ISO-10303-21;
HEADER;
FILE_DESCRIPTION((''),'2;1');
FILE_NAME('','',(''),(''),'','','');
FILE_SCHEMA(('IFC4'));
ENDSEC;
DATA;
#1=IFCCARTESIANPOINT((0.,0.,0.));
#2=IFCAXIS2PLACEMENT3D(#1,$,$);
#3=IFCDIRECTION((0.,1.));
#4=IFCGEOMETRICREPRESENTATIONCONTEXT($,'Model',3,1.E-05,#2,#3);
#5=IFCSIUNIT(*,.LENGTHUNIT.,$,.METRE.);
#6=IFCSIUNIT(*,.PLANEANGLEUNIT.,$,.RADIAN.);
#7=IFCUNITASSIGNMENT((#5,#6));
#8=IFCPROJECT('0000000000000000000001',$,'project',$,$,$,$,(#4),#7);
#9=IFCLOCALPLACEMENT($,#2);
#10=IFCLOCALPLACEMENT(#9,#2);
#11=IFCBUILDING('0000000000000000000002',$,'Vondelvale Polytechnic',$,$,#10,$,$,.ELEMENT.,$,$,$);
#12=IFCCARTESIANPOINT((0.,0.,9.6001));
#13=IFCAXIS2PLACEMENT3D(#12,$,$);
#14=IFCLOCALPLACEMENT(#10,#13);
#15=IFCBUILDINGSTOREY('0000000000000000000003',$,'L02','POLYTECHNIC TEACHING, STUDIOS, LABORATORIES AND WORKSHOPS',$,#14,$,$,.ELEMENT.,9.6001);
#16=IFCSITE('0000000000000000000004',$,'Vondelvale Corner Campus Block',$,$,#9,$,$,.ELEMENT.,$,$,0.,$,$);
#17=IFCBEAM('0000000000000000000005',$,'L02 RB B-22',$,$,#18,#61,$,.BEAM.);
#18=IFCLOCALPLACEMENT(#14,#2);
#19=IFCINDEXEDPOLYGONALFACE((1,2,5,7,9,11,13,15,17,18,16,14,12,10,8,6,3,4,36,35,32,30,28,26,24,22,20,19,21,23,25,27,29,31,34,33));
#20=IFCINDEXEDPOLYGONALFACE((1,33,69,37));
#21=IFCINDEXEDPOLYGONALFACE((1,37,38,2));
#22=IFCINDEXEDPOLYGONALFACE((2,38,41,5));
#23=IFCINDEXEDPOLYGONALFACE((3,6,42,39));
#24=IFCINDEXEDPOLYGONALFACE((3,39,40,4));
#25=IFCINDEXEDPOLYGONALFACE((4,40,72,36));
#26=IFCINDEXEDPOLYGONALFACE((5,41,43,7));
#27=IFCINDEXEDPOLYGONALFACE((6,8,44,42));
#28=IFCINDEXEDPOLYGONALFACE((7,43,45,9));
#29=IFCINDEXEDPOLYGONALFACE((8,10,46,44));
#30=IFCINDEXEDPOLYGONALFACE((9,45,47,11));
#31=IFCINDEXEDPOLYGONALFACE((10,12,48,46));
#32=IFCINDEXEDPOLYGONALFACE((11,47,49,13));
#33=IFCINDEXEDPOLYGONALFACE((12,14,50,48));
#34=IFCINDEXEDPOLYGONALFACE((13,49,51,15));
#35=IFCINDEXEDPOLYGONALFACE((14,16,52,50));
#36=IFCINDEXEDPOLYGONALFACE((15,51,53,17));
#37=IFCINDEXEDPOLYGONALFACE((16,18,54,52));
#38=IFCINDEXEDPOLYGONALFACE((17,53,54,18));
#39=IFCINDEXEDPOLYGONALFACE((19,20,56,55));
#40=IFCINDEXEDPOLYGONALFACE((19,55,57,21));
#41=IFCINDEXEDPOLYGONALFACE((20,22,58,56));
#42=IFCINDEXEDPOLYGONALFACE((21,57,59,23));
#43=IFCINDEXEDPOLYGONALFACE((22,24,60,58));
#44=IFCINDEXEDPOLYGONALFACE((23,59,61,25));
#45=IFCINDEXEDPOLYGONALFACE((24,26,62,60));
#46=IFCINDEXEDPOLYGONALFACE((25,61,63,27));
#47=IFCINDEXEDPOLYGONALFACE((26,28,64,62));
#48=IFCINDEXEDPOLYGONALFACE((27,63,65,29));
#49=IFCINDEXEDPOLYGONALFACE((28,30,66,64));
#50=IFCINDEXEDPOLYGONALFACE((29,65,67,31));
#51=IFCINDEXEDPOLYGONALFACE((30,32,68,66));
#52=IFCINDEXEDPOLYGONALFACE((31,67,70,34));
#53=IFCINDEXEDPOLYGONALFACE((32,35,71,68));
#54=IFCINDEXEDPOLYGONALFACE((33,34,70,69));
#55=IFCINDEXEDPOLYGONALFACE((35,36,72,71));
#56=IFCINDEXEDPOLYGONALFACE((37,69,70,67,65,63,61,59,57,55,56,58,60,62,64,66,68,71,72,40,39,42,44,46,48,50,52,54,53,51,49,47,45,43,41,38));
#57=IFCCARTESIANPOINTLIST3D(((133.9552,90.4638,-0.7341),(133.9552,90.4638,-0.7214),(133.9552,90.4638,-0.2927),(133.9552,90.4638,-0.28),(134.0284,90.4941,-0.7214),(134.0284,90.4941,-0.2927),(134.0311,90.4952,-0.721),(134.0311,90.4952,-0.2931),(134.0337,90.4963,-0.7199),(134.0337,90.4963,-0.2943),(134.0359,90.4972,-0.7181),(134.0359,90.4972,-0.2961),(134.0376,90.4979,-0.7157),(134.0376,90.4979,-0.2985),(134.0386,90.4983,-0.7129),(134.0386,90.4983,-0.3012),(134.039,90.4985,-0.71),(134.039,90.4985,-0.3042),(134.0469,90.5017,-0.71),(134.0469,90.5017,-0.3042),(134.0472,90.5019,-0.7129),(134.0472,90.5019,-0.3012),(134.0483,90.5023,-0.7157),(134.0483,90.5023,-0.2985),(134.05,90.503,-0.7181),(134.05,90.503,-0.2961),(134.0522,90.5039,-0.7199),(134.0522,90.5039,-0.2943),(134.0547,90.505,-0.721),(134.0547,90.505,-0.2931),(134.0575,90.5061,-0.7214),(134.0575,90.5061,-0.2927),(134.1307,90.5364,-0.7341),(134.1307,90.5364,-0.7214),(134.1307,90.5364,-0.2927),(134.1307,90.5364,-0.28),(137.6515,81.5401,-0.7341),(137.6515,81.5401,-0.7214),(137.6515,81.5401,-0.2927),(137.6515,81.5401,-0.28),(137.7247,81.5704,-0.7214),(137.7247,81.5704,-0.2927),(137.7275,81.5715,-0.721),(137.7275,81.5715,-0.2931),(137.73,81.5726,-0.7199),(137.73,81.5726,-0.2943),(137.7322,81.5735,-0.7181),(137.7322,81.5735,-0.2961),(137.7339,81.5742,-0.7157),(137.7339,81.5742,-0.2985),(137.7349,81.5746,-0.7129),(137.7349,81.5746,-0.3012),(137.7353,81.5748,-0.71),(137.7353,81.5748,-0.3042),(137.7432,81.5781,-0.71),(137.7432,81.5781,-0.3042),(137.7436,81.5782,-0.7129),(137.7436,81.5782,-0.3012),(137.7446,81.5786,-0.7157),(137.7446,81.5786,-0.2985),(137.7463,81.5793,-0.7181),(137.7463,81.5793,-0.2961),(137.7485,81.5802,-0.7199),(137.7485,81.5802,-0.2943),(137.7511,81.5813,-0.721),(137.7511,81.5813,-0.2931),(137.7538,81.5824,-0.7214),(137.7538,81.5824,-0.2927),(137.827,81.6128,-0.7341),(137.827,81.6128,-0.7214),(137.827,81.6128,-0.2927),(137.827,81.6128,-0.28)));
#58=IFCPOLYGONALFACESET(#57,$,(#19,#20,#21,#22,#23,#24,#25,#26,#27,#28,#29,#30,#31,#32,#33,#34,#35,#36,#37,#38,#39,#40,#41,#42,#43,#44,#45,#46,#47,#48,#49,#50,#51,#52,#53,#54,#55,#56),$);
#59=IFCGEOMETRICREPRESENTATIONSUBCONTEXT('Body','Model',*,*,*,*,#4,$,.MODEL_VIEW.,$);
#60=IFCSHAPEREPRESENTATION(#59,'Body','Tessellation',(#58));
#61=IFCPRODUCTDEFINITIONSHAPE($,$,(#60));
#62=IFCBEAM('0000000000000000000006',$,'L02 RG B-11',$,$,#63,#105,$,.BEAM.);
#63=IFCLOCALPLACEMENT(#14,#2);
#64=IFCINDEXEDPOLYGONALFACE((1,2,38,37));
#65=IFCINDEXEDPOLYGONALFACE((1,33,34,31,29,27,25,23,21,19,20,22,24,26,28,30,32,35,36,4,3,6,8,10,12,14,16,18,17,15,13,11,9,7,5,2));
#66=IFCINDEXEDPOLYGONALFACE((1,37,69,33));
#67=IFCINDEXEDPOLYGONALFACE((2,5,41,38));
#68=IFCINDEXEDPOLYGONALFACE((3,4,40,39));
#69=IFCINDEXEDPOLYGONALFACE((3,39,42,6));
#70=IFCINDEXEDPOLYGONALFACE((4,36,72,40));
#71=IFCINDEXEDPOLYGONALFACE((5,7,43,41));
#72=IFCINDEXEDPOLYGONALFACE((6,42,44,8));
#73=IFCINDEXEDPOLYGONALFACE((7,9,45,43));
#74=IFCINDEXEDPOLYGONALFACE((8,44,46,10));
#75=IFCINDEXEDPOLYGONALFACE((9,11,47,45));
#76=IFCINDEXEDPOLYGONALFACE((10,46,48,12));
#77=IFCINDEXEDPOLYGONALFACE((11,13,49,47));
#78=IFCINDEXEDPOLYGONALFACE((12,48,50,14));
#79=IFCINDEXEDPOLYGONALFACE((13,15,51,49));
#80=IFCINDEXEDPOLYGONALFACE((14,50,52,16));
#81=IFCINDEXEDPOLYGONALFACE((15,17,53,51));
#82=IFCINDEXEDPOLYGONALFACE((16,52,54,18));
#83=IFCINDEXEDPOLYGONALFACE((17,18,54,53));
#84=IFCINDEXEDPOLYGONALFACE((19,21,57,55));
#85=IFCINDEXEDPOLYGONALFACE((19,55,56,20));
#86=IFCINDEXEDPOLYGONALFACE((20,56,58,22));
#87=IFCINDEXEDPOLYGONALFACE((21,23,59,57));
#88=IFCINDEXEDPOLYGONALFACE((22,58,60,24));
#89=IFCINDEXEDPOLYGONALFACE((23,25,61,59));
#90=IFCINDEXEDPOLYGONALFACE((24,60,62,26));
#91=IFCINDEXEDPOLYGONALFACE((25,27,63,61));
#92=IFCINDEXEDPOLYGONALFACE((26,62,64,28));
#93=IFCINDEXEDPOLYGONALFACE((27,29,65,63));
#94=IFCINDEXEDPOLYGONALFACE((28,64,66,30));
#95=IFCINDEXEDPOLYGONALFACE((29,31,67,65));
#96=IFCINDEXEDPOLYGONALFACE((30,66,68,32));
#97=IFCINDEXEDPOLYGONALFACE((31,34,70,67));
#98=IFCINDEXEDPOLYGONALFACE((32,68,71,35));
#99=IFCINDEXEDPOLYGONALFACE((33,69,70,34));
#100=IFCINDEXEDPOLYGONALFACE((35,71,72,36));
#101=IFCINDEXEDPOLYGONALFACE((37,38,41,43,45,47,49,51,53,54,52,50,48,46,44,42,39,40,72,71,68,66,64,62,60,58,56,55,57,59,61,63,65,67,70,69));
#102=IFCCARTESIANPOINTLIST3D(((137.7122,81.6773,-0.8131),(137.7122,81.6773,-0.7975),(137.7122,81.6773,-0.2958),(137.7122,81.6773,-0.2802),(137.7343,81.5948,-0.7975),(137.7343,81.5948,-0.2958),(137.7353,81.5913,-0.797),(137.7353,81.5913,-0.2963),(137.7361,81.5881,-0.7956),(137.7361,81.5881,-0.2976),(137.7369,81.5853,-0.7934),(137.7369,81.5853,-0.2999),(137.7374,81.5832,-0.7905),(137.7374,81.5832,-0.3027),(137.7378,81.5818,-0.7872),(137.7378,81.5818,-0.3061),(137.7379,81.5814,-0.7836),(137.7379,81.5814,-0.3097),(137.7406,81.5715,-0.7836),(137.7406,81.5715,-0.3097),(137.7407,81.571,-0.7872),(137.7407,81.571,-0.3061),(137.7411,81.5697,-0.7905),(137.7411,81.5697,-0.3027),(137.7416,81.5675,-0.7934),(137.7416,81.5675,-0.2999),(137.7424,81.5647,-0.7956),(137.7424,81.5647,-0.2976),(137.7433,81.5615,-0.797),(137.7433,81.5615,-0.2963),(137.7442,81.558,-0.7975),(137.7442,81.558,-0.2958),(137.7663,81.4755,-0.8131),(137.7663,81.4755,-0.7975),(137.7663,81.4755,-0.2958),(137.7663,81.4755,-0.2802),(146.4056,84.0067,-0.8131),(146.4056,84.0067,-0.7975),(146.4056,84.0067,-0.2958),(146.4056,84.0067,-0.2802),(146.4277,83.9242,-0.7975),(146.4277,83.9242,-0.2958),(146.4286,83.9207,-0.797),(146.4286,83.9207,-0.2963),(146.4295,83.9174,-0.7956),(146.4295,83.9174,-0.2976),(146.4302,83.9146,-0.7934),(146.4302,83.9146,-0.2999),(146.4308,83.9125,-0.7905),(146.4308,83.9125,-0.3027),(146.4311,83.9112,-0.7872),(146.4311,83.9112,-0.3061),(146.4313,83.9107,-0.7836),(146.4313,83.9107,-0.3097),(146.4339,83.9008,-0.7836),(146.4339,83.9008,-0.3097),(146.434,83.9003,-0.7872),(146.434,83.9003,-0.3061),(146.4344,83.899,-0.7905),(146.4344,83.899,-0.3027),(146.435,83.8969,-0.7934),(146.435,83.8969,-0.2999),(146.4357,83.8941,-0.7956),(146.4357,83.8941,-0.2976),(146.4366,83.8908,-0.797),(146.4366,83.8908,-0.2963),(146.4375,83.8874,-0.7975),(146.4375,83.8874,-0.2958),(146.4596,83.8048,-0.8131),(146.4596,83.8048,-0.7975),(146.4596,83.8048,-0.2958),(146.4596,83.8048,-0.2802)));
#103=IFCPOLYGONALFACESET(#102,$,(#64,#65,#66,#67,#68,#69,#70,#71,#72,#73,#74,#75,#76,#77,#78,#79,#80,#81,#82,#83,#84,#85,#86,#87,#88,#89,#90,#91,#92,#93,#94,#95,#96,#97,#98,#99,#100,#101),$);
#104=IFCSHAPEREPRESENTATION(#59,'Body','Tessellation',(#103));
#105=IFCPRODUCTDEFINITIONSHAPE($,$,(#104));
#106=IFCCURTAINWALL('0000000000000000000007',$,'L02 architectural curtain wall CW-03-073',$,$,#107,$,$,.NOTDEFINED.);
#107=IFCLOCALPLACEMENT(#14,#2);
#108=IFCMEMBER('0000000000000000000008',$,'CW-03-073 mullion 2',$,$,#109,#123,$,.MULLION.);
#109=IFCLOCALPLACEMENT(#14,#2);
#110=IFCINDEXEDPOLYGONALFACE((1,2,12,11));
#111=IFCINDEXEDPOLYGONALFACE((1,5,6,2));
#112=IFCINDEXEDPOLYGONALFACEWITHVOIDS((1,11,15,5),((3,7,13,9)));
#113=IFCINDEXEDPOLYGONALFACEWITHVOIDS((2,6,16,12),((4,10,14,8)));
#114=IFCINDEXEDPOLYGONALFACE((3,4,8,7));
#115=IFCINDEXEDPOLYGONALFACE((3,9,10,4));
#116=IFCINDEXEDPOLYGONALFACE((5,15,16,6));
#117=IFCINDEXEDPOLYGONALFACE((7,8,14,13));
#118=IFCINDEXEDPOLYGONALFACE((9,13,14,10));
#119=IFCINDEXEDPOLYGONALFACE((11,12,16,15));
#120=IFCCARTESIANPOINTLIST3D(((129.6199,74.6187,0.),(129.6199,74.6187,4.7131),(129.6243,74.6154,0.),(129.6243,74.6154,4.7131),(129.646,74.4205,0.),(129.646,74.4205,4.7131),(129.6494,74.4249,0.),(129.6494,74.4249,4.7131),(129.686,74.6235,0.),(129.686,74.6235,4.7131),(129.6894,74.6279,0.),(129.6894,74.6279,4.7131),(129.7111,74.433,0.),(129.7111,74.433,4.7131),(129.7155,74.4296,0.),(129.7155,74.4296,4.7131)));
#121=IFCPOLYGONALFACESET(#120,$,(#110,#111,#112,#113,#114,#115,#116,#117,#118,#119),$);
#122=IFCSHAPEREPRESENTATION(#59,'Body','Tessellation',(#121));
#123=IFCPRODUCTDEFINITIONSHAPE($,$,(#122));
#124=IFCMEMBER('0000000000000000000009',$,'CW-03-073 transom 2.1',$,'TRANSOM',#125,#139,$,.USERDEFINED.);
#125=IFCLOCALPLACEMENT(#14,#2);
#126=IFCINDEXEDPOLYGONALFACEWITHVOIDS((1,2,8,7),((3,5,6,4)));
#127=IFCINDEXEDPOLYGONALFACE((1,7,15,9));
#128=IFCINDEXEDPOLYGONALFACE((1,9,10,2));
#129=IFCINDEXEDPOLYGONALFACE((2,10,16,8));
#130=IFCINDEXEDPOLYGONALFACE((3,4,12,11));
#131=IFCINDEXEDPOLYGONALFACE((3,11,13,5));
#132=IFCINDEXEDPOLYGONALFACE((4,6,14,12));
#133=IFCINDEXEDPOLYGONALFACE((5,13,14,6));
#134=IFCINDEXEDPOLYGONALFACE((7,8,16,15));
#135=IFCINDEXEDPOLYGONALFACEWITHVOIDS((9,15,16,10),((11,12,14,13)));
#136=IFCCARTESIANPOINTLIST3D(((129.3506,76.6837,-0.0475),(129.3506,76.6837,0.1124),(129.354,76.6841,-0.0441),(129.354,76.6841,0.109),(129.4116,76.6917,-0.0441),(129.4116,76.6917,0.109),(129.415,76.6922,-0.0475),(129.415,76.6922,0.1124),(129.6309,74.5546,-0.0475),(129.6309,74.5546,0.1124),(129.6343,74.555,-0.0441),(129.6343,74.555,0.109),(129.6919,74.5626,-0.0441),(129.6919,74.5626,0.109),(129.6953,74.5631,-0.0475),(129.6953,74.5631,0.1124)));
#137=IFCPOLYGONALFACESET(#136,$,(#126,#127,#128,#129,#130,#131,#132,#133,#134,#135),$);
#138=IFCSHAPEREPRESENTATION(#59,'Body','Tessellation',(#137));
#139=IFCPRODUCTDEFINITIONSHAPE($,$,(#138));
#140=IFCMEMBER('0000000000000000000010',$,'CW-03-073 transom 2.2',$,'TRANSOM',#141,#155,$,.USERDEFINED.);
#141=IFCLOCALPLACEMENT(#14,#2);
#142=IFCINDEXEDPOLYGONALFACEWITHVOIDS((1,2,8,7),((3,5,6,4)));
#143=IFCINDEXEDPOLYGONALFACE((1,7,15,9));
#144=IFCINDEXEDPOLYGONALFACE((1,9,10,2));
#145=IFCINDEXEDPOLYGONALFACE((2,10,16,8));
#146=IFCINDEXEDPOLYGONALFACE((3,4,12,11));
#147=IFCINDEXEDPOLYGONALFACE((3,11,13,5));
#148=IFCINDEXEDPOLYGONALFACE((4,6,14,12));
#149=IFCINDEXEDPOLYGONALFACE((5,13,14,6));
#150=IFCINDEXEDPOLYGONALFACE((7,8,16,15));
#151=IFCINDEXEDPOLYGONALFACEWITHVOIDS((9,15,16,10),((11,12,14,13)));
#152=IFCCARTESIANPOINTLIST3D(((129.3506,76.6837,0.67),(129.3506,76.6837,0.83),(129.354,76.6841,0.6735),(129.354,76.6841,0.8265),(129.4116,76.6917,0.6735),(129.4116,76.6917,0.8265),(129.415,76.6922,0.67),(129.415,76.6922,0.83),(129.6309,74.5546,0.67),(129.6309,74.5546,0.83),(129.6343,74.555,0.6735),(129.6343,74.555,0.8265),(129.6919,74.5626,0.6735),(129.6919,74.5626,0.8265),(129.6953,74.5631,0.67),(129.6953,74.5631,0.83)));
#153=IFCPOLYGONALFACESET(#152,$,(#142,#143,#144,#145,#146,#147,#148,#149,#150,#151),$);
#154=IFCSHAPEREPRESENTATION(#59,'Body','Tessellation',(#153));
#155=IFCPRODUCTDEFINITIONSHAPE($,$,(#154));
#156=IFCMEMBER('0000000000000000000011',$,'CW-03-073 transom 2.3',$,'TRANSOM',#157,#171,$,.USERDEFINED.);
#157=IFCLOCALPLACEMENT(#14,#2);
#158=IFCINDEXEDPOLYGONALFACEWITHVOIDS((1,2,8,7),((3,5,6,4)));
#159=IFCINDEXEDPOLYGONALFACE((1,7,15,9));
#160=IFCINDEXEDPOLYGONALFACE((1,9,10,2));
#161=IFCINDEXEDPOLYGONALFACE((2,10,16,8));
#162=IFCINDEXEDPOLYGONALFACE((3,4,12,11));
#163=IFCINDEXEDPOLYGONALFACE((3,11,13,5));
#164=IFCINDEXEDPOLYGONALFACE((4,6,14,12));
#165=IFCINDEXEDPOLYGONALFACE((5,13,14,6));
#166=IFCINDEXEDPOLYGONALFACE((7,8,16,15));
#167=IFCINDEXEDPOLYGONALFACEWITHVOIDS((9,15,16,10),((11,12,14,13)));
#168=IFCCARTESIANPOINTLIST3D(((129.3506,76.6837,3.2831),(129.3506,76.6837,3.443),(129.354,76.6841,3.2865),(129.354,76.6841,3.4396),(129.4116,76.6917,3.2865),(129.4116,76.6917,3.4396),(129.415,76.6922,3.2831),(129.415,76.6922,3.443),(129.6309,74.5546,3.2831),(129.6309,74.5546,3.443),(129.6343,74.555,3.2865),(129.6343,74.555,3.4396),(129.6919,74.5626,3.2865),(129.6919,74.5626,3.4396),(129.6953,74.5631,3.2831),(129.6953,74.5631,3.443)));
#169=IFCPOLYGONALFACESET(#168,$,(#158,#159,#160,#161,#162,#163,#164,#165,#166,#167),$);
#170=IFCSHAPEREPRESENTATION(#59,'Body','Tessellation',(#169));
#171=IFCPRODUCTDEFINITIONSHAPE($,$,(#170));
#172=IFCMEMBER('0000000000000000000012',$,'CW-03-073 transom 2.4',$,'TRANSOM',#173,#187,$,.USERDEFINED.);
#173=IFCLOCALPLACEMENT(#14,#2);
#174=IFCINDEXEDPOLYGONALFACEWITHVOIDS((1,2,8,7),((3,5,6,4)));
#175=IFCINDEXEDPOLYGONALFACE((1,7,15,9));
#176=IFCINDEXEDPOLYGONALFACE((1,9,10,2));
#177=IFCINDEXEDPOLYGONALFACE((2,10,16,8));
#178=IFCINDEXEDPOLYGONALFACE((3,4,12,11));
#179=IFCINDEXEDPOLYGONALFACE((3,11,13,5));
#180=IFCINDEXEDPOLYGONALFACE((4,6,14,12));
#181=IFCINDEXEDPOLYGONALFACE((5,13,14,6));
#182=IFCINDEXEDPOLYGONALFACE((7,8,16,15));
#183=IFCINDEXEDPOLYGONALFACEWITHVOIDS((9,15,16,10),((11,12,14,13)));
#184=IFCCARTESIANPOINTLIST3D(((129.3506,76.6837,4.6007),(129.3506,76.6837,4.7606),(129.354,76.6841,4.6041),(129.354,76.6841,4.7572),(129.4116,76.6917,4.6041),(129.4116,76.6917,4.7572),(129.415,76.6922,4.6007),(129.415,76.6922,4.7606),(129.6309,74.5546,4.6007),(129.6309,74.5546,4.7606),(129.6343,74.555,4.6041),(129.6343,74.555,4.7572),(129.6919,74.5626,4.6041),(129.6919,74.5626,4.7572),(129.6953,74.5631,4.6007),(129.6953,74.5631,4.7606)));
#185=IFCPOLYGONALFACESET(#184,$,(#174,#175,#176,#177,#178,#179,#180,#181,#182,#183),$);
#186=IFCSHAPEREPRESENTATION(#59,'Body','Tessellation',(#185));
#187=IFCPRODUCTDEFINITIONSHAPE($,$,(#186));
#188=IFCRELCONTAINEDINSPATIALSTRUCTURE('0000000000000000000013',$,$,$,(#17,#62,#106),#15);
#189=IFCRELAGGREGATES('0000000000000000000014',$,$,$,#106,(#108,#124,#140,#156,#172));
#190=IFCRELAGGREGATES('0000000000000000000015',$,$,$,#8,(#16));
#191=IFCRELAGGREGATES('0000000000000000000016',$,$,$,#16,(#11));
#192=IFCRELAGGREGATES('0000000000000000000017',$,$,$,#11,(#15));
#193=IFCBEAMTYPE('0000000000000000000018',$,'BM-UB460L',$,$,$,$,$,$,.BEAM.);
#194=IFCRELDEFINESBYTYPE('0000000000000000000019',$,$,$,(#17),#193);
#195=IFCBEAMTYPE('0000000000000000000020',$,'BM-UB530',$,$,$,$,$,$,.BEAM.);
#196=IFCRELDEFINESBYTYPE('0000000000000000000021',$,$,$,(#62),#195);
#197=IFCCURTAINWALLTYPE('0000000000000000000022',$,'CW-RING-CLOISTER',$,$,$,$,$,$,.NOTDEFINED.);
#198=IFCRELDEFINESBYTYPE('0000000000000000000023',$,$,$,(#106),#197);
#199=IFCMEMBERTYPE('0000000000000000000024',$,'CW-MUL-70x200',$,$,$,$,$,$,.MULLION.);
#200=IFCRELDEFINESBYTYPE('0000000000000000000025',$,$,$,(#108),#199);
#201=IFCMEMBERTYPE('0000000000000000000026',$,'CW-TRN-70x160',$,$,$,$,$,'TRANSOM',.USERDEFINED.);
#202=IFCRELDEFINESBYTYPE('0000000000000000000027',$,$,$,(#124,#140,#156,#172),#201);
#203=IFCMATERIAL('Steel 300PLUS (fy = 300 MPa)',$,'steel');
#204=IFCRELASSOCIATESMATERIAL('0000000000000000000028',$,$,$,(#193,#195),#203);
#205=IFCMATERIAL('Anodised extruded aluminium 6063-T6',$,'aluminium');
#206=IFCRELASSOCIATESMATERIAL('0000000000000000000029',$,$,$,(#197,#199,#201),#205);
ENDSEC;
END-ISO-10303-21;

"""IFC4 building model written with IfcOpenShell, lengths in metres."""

from ifc_helpers import new_model, si_unit, direction, frame, origin, origin_2d, place, context, subcontext, project, spatial, hollow_rectangle, i_section, extrude, material, material_profile, profile_set, type_object, element, aggregate, save


model = new_model("IFC4")

# Units and contexts
model_context = context("Model", 3, precision=1e-05, world=origin(), true_north=direction((0.0, 1.0)))
body_context = subcontext(model_context, "Body", "Model", "MODEL_VIEW")
ifc_project = project(units=[si_unit("LENGTHUNIT", "METRE"), si_unit("PLANEANGLEUNIT", "RADIAN")], contexts=[model_context])

# Site, building, storey
site_placement = place(None, origin())
site = spatial("IfcSite", under=ifc_project, at=site_placement, Name="Vondelvale Corner Campus Block", CompositionType="ELEMENT", RefElevation=0.0)
building_placement = place(site_placement, origin())
building = spatial("IfcBuilding", under=site, at=building_placement, Name="Vondelvale Polytechnic", CompositionType="ELEMENT")
storey_placement = place(building_placement, frame((0.0, 0.0, 9.6001)))
storey = spatial("IfcBuildingStorey", under=building, at=storey_placement, Name="L02", Description="POLYTECHNIC TEACHING, STUDIOS, LABORATORIES AND WORKSHOPS", CompositionType="ELEMENT", Elevation=9.6001)

# Shared definitions
ifc_material_1 = material(Name="Steel 300PLUS (fy = 300 MPa)", Category="steel")

# Beams
ifc_material_profile_1 = material_profile(ifc_material_1, i_section(OverallWidth=0.1899, OverallDepth=0.4541, WebThickness=0.0085, FlangeThickness=0.0127, FilletRadius=0.0115, at=origin_2d()), Name="460UB67.1")
ifc_profile_set_1 = profile_set([ifc_material_profile_1], Name="Steel 300PLUS (fy = 300 MPa)")
beam_type_1 = type_object("IfcBeamType", Name="BM-UB460L", PredefinedType="BEAM", material=ifc_profile_set_1)
beam_1_placement = place(storey_placement, frame((137.7393, 81.5764, -0.5071), z_axis=(-0.382685, 0.923879, 0.0), x_axis=(-0.923879, -0.382685, 0.0)))
element("IfcBeam", 1, at=beam_1_placement, inside=storey, type_object=beam_type_1, Name="L02 RB B-22", PredefinedType="BEAM", context=body_context, shape_type="SweptSolid", body=[
    extrude(i_section(OverallWidth=0.1899, OverallDepth=0.4541, WebThickness=0.0085, FlangeThickness=0.0127, FilletRadius=0.0115, at=origin_2d()), origin(), (0.0, 0.0, 1.0), 9.6589),
])
ifc_material_profile_2 = material_profile(ifc_material_1, i_section(OverallWidth=0.209, OverallDepth=0.533, WebThickness=0.0103, FlangeThickness=0.0156, FilletRadius=0.0139, at=origin_2d()), Name="530UB92.4")
ifc_profile_set_2 = profile_set([ifc_material_profile_2], Name="Steel 300PLUS (fy = 300 MPa)")
beam_type_2 = type_object("IfcBeamType", Name="BM-UB530", PredefinedType="BEAM", material=ifc_profile_set_2)
beam_2_placement = place(storey_placement, frame((137.7393, 81.5764, -0.5466), z_axis=(0.965927, 0.258816, 0.0), x_axis=(-0.258816, 0.965927, 0.0)))
element("IfcBeam", 2, at=beam_2_placement, inside=storey, type_object=beam_type_2, Name="L02 RG B-11", PredefinedType="BEAM", context=body_context, shape_type="SweptSolid", body=[
    extrude(i_section(OverallWidth=0.209, OverallDepth=0.533, WebThickness=0.0103, FlangeThickness=0.0156, FilletRadius=0.0139, at=origin_2d()), origin(), (0.0, 0.0, 1.0), 9.0),
])

# Curtain wall, members
ifc_material_2 = material(Name="Anodised extruded aluminium 6063-T6", Category="aluminium")
curtain_wall_type = type_object("IfcCurtainWallType", Name="CW-RING-CLOISTER", PredefinedType="NOTDEFINED", material=ifc_material_2)
curtain_wall_placement = place(storey_placement, origin())
curtain_wall = element("IfcCurtainWall", 3, at=curtain_wall_placement, inside=storey, type_object=curtain_wall_type, Name="L02 architectural curtain wall CW-03-073", PredefinedType="NOTDEFINED")
ifc_material_profile_3 = material_profile(ifc_material_2, hollow_rectangle(XDim=0.0701, YDim=0.2, WallThickness=0.0039, at=origin_2d()), Name="CW-MUL-200x70")
ifc_profile_set_3 = profile_set([ifc_material_profile_3], Name="Anodised extruded aluminium 6063-T6")
member_type_1 = type_object("IfcMemberType", Name="CW-MUL-70x200", PredefinedType="MULLION", material=ifc_profile_set_3)
member_1_placement = place(storey_placement, frame((129.6677, 74.5242, 0.0), z_axis=(0.0, 0.0, 1.0), x_axis=(-0.991445, -0.130528, 0.0)))
member_1 = element("IfcMember", 4, at=member_1_placement, type_object=member_type_1, Name="CW-03-073 mullion 2", PredefinedType="MULLION", context=body_context, shape_type="SweptSolid", body=[
    extrude(hollow_rectangle(XDim=0.0701, YDim=0.2, WallThickness=0.0039, at=origin_2d()), origin(), (0.0, 0.0, 1.0), 4.7131),
])
ifc_material_profile_4 = material_profile(ifc_material_2, hollow_rectangle(XDim=0.0649, YDim=0.1599, WallThickness=0.0034, at=origin_2d()), Name="CW-TRN-160x65")
ifc_profile_set_4 = profile_set([ifc_material_profile_4], Name="Anodised extruded aluminium 6063-T6")
member_type_2 = type_object("IfcMemberType", Name="CW-TRN-70x160", ElementType="TRANSOM", PredefinedType="USERDEFINED", material=ifc_profile_set_4)
member_2_placement = place(storey_placement, frame((129.6631, 74.5588, 0.0325), z_axis=(-0.13051, 0.991447, 0.0), x_axis=(-0.991447, -0.13051, 0.0)))
member_2 = element("IfcMember", 5, at=member_2_placement, type_object=member_type_2, Name="CW-03-073 transom 2.1", ObjectType="TRANSOM", PredefinedType="USERDEFINED", context=body_context, shape_type="SweptSolid", body=[
    extrude(hollow_rectangle(XDim=0.0649, YDim=0.1599, WallThickness=0.0034, at=origin_2d()), origin(), (0.0, 0.0, 1.0), 2.1475),
])
member_3_placement = place(storey_placement, frame((129.6631, 74.5588, 0.75), z_axis=(-0.13051, 0.991447, 0.0), x_axis=(-0.991447, -0.13051, 0.0)))
member_3 = element("IfcMember", 6, at=member_3_placement, type_object=member_type_2, Name="CW-03-073 transom 2.2", ObjectType="TRANSOM", PredefinedType="USERDEFINED", context=body_context, shape_type="SweptSolid", body=[
    extrude(hollow_rectangle(XDim=0.0649, YDim=0.1599, WallThickness=0.0034, at=origin_2d()), origin(), (0.0, 0.0, 1.0), 2.1475),
])
member_4_placement = place(storey_placement, frame((129.6631, 74.5588, 3.363), z_axis=(-0.13051, 0.991447, 0.0), x_axis=(-0.991447, -0.13051, 0.0)))
member_4 = element("IfcMember", 7, at=member_4_placement, type_object=member_type_2, Name="CW-03-073 transom 2.3", ObjectType="TRANSOM", PredefinedType="USERDEFINED", context=body_context, shape_type="SweptSolid", body=[
    extrude(hollow_rectangle(XDim=0.0649, YDim=0.1599, WallThickness=0.0034, at=origin_2d()), origin(), (0.0, 0.0, 1.0), 2.1475),
])
member_5_placement = place(storey_placement, frame((129.6631, 74.5588, 4.6807), z_axis=(-0.13051, 0.991447, 0.0), x_axis=(-0.991447, -0.13051, 0.0)))
member_5 = element("IfcMember", 8, at=member_5_placement, type_object=member_type_2, Name="CW-03-073 transom 2.4", ObjectType="TRANSOM", PredefinedType="USERDEFINED", context=body_context, shape_type="SweptSolid", body=[
    extrude(hollow_rectangle(XDim=0.0649, YDim=0.1599, WallThickness=0.0034, at=origin_2d()), origin(), (0.0, 0.0, 1.0), 2.1475),
])

aggregate(curtain_wall, [member_1, member_2, member_3, member_4, member_5])

save(model, "model.ifc")
